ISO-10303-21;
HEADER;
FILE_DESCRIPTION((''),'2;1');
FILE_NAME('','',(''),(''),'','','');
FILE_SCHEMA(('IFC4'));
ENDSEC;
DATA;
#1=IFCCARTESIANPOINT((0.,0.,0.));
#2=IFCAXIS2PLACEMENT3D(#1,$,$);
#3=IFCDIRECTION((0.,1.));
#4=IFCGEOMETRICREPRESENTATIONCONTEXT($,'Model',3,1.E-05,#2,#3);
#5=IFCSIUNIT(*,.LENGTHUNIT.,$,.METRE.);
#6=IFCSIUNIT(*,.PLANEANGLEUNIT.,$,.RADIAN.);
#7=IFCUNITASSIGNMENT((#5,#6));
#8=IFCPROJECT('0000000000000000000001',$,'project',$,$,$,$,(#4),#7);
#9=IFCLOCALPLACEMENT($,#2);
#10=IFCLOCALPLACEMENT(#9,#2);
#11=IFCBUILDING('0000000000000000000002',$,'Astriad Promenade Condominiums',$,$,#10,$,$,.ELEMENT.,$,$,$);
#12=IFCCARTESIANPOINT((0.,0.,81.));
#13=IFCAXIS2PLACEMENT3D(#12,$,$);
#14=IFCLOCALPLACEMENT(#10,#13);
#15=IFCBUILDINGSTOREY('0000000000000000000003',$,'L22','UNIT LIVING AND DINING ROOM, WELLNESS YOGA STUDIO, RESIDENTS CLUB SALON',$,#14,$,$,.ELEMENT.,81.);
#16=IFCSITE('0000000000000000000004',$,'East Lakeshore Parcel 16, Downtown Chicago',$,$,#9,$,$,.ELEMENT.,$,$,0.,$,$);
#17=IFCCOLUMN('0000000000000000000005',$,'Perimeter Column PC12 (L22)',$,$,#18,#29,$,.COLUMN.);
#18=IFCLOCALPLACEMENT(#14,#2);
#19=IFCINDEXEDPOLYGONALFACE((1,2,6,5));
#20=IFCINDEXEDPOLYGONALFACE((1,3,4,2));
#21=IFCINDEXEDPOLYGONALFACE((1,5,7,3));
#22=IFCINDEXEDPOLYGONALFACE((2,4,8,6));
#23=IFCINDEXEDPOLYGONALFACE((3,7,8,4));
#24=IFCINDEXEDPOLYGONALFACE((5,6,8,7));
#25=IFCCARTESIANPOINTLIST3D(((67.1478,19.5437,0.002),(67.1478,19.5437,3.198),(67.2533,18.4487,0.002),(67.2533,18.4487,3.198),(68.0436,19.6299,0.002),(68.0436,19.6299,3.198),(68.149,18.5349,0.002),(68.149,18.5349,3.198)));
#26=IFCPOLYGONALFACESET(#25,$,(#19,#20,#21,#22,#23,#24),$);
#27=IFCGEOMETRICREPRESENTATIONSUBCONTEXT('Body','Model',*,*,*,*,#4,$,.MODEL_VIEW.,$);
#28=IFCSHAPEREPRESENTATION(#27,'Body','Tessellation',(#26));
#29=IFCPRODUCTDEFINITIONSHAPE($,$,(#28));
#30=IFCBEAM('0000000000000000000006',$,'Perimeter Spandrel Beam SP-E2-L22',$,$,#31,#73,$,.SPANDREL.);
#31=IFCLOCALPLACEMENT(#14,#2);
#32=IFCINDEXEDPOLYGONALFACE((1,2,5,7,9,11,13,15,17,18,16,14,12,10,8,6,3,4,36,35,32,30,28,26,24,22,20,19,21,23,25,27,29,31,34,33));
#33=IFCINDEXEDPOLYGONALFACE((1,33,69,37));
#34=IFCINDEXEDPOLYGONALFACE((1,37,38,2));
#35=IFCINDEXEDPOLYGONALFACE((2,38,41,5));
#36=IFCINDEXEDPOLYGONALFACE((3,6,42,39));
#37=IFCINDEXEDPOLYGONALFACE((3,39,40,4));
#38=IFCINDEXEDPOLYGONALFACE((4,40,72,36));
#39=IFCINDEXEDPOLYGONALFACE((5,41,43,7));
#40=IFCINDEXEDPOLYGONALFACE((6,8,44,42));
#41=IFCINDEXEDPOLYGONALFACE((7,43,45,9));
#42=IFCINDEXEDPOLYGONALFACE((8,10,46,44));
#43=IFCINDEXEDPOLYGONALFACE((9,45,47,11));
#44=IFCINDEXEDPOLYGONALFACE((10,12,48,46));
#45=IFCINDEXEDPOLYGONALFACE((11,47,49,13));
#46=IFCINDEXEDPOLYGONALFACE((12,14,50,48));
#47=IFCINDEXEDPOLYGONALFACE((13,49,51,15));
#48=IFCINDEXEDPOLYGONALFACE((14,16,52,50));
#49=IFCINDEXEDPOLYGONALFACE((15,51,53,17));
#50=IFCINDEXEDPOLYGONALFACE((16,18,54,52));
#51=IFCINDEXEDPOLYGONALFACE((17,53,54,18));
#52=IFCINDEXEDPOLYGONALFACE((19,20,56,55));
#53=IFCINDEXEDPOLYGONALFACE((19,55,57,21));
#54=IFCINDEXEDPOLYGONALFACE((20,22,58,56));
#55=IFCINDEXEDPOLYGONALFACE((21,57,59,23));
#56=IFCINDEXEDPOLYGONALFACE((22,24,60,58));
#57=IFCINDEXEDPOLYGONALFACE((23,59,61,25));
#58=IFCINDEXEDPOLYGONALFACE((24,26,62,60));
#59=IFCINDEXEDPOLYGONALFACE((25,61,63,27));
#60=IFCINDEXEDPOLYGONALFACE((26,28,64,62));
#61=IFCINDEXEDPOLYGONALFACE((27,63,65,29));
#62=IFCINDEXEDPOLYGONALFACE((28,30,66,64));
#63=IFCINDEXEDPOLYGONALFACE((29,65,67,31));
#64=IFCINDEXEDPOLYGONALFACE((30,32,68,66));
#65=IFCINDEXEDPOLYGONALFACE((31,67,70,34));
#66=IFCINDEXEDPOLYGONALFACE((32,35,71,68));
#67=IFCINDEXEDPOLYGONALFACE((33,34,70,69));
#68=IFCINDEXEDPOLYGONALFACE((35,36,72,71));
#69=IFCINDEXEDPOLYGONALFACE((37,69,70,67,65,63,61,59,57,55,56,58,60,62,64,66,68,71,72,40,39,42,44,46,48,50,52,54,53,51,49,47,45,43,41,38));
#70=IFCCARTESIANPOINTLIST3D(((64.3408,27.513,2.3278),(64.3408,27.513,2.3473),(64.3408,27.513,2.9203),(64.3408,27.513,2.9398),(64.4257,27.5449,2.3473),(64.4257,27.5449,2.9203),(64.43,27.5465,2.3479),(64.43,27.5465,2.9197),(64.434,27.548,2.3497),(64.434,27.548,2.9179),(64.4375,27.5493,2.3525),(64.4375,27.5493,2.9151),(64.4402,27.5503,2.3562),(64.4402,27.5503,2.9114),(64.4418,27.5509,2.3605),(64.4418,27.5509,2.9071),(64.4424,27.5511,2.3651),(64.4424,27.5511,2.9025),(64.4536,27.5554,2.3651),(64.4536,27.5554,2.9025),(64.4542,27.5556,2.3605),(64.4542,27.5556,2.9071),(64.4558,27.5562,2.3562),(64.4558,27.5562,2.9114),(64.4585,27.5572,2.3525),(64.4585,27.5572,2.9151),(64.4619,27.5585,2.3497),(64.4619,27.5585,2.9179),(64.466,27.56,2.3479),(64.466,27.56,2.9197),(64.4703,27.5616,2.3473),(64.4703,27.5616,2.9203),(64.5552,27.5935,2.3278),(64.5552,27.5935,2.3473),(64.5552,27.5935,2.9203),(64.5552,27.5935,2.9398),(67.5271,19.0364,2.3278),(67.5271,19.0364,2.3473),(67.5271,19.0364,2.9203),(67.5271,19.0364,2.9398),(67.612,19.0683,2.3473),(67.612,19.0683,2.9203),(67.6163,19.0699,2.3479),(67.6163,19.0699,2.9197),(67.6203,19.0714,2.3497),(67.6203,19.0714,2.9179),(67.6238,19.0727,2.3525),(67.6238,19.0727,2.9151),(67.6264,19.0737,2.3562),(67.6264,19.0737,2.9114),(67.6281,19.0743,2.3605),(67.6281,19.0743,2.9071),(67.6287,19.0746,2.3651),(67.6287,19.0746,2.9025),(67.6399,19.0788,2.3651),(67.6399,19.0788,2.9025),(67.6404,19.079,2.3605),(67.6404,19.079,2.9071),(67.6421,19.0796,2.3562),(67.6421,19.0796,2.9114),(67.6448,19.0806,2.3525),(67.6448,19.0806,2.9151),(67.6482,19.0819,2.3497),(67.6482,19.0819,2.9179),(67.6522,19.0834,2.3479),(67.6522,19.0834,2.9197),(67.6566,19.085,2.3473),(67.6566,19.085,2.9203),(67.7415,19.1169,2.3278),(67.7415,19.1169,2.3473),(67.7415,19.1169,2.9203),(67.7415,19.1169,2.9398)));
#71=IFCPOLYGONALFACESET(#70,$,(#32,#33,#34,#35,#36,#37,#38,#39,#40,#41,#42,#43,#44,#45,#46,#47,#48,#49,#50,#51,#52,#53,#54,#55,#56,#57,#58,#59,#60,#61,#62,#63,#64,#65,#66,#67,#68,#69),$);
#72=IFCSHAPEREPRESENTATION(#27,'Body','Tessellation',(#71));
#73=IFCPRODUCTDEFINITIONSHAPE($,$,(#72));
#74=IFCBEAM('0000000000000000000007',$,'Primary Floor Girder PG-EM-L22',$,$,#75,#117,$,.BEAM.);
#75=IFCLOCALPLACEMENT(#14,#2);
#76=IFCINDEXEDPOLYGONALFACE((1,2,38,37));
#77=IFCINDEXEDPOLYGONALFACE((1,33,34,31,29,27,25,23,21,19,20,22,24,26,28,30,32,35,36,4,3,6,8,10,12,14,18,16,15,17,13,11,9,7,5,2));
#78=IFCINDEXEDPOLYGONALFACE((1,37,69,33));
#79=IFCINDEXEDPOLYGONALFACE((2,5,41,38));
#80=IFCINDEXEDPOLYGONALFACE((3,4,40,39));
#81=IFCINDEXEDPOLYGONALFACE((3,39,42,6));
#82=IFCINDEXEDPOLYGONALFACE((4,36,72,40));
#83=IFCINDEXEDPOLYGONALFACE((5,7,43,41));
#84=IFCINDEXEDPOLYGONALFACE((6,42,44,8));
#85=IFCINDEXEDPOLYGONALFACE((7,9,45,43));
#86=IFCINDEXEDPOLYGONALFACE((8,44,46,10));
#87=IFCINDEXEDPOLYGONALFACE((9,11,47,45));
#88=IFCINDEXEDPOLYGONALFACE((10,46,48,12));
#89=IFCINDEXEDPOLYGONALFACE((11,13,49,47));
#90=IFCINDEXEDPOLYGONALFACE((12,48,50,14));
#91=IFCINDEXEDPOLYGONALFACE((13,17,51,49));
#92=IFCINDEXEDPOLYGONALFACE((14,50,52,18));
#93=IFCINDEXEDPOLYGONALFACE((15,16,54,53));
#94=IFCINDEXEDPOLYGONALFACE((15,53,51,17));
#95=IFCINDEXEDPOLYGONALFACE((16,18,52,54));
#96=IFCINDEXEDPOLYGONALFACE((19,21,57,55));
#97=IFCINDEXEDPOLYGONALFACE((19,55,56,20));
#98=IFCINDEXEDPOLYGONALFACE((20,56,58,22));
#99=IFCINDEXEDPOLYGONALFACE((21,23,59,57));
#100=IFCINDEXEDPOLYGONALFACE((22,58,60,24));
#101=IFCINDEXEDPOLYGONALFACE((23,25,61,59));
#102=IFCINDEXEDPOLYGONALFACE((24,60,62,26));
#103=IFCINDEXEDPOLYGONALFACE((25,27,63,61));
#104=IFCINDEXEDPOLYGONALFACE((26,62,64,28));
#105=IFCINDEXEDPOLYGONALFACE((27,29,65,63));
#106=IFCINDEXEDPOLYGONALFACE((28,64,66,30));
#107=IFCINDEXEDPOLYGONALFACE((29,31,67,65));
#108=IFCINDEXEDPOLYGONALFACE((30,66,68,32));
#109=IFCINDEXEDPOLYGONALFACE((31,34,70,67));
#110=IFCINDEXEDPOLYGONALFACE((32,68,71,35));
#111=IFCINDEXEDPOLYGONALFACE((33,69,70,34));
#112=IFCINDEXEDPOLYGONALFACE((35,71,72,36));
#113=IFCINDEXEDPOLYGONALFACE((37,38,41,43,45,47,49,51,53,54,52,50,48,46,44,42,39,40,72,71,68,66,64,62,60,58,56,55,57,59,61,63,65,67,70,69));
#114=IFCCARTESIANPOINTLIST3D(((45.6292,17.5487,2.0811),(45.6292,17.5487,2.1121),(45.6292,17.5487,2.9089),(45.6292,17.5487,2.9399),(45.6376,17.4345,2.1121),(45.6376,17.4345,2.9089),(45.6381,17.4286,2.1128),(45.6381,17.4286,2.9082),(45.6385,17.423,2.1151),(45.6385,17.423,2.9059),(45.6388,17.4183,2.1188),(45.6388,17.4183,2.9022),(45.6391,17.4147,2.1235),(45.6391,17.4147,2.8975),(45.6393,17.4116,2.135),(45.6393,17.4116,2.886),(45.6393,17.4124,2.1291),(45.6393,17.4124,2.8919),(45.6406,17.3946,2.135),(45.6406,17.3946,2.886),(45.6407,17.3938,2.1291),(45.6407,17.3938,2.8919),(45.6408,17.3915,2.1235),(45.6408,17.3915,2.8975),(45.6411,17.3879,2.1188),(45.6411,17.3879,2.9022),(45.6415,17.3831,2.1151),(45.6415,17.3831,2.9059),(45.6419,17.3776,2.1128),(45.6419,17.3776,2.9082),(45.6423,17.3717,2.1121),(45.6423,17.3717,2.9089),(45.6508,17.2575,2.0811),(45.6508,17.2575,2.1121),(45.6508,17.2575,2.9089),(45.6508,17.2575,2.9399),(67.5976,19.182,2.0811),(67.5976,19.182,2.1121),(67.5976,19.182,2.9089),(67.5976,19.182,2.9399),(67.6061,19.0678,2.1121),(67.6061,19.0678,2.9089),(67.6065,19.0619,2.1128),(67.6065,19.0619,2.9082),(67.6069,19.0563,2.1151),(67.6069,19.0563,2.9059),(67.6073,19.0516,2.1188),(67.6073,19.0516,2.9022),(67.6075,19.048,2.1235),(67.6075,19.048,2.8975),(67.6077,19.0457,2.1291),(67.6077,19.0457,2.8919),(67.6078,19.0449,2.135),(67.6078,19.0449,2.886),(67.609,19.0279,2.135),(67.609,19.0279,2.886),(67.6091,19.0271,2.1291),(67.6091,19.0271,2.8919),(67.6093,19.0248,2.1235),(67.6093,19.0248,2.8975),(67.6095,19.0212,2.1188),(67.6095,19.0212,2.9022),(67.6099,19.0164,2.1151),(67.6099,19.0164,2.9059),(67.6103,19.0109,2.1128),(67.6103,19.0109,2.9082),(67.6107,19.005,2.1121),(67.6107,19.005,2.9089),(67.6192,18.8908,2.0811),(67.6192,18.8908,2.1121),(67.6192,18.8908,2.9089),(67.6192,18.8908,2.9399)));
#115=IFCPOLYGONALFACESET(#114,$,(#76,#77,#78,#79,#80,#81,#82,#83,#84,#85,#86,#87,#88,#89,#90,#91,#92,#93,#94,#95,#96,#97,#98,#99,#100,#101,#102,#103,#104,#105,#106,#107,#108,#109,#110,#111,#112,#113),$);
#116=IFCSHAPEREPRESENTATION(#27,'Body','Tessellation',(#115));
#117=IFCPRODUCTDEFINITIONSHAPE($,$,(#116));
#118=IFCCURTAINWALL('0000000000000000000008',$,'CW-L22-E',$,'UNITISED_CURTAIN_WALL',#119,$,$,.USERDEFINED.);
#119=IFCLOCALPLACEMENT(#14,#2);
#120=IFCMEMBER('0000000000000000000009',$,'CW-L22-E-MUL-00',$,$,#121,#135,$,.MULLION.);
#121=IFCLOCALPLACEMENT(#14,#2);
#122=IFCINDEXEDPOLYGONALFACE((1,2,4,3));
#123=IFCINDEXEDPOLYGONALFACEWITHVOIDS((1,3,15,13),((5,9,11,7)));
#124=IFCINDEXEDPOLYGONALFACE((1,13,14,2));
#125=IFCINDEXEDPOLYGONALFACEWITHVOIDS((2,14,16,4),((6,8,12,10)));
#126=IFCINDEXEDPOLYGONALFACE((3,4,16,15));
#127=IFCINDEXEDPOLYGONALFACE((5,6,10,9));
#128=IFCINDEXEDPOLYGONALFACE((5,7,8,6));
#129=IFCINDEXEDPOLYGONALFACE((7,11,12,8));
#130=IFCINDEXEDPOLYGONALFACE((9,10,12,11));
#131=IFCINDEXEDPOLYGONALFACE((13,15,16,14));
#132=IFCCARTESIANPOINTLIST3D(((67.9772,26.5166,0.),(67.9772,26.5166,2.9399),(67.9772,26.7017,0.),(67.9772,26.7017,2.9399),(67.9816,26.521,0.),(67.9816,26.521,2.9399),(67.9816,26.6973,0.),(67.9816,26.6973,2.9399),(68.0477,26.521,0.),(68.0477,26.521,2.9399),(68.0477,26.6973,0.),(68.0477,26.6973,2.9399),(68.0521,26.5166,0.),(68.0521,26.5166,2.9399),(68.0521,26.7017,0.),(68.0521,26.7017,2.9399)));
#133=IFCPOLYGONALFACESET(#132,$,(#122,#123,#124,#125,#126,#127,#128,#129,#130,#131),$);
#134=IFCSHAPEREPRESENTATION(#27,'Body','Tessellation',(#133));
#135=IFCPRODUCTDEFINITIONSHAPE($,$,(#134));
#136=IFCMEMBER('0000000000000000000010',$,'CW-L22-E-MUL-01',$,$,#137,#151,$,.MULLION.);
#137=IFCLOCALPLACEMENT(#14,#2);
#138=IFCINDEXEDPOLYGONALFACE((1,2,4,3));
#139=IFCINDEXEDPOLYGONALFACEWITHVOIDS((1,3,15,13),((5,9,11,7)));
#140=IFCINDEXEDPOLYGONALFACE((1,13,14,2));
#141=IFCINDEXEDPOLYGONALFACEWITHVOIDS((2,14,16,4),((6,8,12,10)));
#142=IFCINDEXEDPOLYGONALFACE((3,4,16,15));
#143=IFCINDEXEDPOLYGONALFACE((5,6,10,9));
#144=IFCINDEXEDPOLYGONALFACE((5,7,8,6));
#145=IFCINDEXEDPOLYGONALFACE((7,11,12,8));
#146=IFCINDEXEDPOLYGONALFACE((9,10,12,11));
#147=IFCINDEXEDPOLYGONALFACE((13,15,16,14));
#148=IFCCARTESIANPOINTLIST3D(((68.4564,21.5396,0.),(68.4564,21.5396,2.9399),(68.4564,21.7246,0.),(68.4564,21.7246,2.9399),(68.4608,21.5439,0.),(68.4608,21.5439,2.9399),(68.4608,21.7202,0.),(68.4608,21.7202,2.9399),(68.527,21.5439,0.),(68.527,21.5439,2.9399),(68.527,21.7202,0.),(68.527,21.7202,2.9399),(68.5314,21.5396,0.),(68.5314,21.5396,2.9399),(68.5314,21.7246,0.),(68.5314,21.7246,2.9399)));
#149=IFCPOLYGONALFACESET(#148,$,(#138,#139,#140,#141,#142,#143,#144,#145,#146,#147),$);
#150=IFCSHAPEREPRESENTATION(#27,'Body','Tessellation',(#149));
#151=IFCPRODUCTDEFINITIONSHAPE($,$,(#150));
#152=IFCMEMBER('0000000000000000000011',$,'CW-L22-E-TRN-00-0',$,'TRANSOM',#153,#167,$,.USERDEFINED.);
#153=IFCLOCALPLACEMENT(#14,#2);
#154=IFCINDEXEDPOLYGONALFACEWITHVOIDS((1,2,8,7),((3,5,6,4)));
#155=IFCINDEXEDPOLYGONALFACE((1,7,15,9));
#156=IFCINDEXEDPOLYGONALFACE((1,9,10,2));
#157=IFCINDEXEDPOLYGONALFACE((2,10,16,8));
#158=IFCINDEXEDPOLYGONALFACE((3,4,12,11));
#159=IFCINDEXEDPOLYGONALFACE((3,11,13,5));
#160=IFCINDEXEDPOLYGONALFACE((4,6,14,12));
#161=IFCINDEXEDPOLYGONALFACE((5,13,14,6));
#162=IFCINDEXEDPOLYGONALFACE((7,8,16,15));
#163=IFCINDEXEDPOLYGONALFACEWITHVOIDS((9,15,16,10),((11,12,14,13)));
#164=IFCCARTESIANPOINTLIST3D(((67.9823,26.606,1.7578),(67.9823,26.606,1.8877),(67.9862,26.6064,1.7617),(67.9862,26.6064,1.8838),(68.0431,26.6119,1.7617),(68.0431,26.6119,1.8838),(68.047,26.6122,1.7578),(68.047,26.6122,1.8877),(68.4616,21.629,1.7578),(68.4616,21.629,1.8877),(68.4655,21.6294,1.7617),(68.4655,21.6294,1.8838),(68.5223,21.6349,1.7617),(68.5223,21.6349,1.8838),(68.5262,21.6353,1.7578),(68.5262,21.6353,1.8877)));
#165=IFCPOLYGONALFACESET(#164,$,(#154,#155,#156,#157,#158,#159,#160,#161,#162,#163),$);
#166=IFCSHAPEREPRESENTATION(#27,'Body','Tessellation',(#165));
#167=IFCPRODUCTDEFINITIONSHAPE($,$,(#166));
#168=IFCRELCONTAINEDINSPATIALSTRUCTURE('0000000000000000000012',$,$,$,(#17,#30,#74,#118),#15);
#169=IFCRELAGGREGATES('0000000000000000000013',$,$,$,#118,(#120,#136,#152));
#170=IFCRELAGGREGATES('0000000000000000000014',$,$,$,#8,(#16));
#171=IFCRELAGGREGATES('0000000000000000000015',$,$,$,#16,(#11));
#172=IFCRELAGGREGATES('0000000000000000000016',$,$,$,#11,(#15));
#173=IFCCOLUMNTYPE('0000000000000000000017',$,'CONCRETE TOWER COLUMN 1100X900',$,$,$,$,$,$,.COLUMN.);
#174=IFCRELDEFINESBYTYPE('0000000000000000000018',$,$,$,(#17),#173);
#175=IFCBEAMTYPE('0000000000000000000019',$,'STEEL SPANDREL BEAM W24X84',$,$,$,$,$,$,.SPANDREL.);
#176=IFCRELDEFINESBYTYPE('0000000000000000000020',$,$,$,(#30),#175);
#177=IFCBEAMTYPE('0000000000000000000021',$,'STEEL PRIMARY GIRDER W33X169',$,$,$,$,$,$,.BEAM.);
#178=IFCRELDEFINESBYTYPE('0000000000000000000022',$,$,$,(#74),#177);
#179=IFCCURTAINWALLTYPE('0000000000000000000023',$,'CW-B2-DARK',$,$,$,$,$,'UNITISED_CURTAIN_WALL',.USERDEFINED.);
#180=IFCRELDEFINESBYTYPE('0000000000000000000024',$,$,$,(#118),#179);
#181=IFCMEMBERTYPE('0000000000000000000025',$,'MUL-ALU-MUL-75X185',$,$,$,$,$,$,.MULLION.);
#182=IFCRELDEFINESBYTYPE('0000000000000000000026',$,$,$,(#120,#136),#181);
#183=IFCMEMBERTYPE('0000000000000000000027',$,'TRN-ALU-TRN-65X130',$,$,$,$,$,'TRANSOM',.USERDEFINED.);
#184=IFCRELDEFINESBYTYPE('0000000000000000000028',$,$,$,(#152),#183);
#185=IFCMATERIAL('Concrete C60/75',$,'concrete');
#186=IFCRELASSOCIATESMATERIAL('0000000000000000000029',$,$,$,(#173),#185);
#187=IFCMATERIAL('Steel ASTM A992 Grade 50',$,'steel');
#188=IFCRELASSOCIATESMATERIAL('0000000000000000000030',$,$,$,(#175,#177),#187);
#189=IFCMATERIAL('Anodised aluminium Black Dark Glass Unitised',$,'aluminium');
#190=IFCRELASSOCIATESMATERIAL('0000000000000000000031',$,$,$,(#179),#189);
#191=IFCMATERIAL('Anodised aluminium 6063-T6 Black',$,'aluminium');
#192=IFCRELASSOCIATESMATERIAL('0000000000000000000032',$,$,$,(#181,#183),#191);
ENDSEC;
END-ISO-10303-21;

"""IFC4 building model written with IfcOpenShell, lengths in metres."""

from ifc_helpers import new_model, si_unit, direction, frame, origin, origin_2d, place, context, subcontext, project, spatial, rectangle, hollow_rectangle, i_section, extrude, source, transform, mapped, material, material_profile, profile_set, type_object, type_shapes, element, aggregate, save


model = new_model("IFC4")

# Units and contexts
model_context = context("Model", 3, precision=1e-05, world=origin(), true_north=direction((0.0, 1.0)))
body_context = subcontext(model_context, "Body", "Model", "MODEL_VIEW")
ifc_project = project(units=[si_unit("LENGTHUNIT", "METRE"), si_unit("PLANEANGLEUNIT", "RADIAN")], contexts=[model_context])

# Site, building, storey
site_placement = place(None, origin())
site = spatial("IfcSite", under=ifc_project, at=site_placement, Name="East Lakeshore Parcel 16, Downtown Chicago", CompositionType="ELEMENT", RefElevation=0.0)
building_placement = place(site_placement, origin())
building = spatial("IfcBuilding", under=site, at=building_placement, Name="Astriad Promenade Condominiums", CompositionType="ELEMENT")
storey_placement = place(building_placement, frame((0.0, 0.0, 81.0)))
storey = spatial("IfcBuildingStorey", under=building, at=storey_placement, Name="L22", Description="UNIT LIVING AND DINING ROOM, WELLNESS YOGA STUDIO, RESIDENTS CLUB SALON", CompositionType="ELEMENT", Elevation=81.0)

# Column
ifc_material_1 = material(Name="Concrete C60/75", Category="concrete")
ifc_material_profile_1 = material_profile(ifc_material_1, rectangle(XDim=0.8999, YDim=1.1001, at=origin_2d()), Name="RC-COL-1100X900")
ifc_profile_set_1 = profile_set([ifc_material_profile_1], Name="Concrete C60/75")
column_type = type_object("IfcColumnType", Name="CONCRETE TOWER COLUMN 1100X900", PredefinedType="COLUMN", material=ifc_profile_set_1)
shared_shape_1 = source(origin(), body_context, "Body", "SweptSolid", [
    extrude(rectangle(XDim=0.8999, YDim=1.1001, at=origin_2d()), origin(), (0.0, 0.0, 1.0), 3.196),
])
type_shapes(column_type, [shared_shape_1])
column_placement = place(storey_placement, frame((67.6484, 19.0393, 0.002), z_axis=(0.0, 0.0, 1.0), x_axis=(0.995396, 0.095846, 0.0)))
element("IfcColumn", 1, at=column_placement, inside=storey, type_object=column_type, Name="Perimeter Column PC12 (L22)", PredefinedType="COLUMN", context=body_context, shape_type="MappedRepresentation", body=[
    mapped(shared_shape_1, transform((0.0, 0.0, 0.0), scale=1.0)),
])

# Beams
ifc_material_2 = material(Name="Steel ASTM A992 Grade 50", Category="steel")
ifc_material_profile_2 = material_profile(ifc_material_2, i_section(OverallWidth=0.229, OverallDepth=0.6121, WebThickness=0.012, FlangeThickness=0.0195, FilletRadius=0.0178, at=origin_2d()), Name="W24X84")
ifc_profile_set_2 = profile_set([ifc_material_profile_2], Name="Steel ASTM A992 Grade 50")
beam_type_1 = type_object("IfcBeamType", Name="STEEL SPANDREL BEAM W24X84", PredefinedType="SPANDREL", material=ifc_profile_set_2)
shared_shape_2 = source(origin(), body_context, "Body", "SweptSolid", [
    extrude(i_section(OverallWidth=0.229, OverallDepth=0.6121, WebThickness=0.012, FlangeThickness=0.0195, FilletRadius=0.0178, at=origin_2d()), origin(), (0.0, 0.0, 1.0), 9.0557),
])
type_shapes(beam_type_1, [shared_shape_2])
beam_1_placement = place(storey_placement, frame((67.6343, 19.0767, 2.6338), z_axis=(-0.351856, 0.936054, 0.0), x_axis=(-0.936054, -0.351856, 0.0)))
element("IfcBeam", 2, at=beam_1_placement, inside=storey, type_object=beam_type_1, Name="Perimeter Spandrel Beam SP-E2-L22", PredefinedType="SPANDREL", context=body_context, shape_type="MappedRepresentation", body=[
    mapped(shared_shape_2, transform((0.0, 0.0, 0.0), scale=1.0)),
])
ifc_material_profile_3 = material_profile(ifc_material_2, i_section(OverallWidth=0.292, OverallDepth=0.8589, WebThickness=0.0171, FlangeThickness=0.031, FilletRadius=0.0229, at=origin_2d()), Name="W33X169")
ifc_profile_set_3 = profile_set([ifc_material_profile_3], Name="Steel ASTM A992 Grade 50")
beam_type_2 = type_object("IfcBeamType", Name="STEEL PRIMARY GIRDER W33X169", PredefinedType="BEAM", material=ifc_profile_set_3)
shared_shape_3 = source(origin(), body_context, "Body", "SweptSolid", [
    extrude(i_section(OverallWidth=0.292, OverallDepth=0.8589, WebThickness=0.0171, FlangeThickness=0.031, FilletRadius=0.0229, at=origin_2d()), origin(), (0.0, 0.0, 1.0), 22.0291),
])
type_shapes(beam_type_2, [shared_shape_3])
beam_2_placement = place(storey_placement, frame((67.6084, 19.0364, 2.5105), z_axis=(-0.997248, -0.074143, 0.0), x_axis=(0.074143, -0.997248, 0.0)))
element("IfcBeam", 3, at=beam_2_placement, inside=storey, type_object=beam_type_2, Name="Primary Floor Girder PG-EM-L22", PredefinedType="BEAM", context=body_context, shape_type="MappedRepresentation", body=[
    mapped(shared_shape_3, transform((0.0, 0.0, 0.0), scale=1.0)),
])

# Curtain wall, members
ifc_material_3 = material(Name="Anodised aluminium Black Dark Glass Unitised", Category="aluminium")
curtain_wall_type = type_object("IfcCurtainWallType", Name="CW-B2-DARK", ElementType="UNITISED_CURTAIN_WALL", PredefinedType="USERDEFINED", material=ifc_material_3)
curtain_wall_placement = place(storey_placement, origin())
curtain_wall = element("IfcCurtainWall", 4, at=curtain_wall_placement, inside=storey, type_object=curtain_wall_type, Name="CW-L22-E", ObjectType="UNITISED_CURTAIN_WALL", PredefinedType="USERDEFINED")
ifc_material_4 = material(Name="Anodised aluminium 6063-T6 Black", Category="aluminium")
ifc_material_profile_4 = material_profile(ifc_material_4, hollow_rectangle(XDim=0.075, YDim=0.1851, WallThickness=0.0044, at=origin_2d()), Name="ALU-MUL-75X185")
ifc_profile_set_4 = profile_set([ifc_material_profile_4], Name="Anodised aluminium 6063-T6 Black")
member_type_1 = type_object("IfcMemberType", Name="MUL-ALU-MUL-75X185", PredefinedType="MULLION", material=ifc_profile_set_4)
shared_shape_4 = source(origin(), body_context, "Body", "SweptSolid", [
    extrude(hollow_rectangle(XDim=0.075, YDim=0.1851, WallThickness=0.0044, at=origin_2d()), origin(), (0.0, 0.0, 1.0), 2.9399),
])
type_shapes(member_type_1, [shared_shape_4])
member_1_placement = place(storey_placement, frame((68.0146, 26.6091, 0.0), z_axis=(0.0, 0.0, 1.0), x_axis=(1.0, 0.0, 0.0)))
member_1 = element("IfcMember", 5, at=member_1_placement, type_object=member_type_1, Name="CW-L22-E-MUL-00", PredefinedType="MULLION", context=body_context, shape_type="MappedRepresentation", body=[
    mapped(shared_shape_4, transform((0.0, 0.0, 0.0), scale=1.0)),
])
member_2_placement = place(storey_placement, frame((68.4939, 21.6321, 0.0), z_axis=(0.0, 0.0, 1.0), x_axis=(1.0, 0.0, 0.0)))
member_2 = element("IfcMember", 6, at=member_2_placement, type_object=member_type_1, Name="CW-L22-E-MUL-01", PredefinedType="MULLION", context=body_context, shape_type="MappedRepresentation", body=[
    mapped(shared_shape_4, transform((0.0, 0.0, 0.0), scale=1.0)),
])
ifc_material_profile_5 = material_profile(ifc_material_4, hollow_rectangle(XDim=0.0649, YDim=0.1299, WallThickness=0.0039, at=origin_2d()), Name="ALU-TRN-65X130")
ifc_profile_set_5 = profile_set([ifc_material_profile_5], Name="Anodised aluminium 6063-T6 Black")
member_type_2 = type_object("IfcMemberType", Name="TRN-ALU-TRN-65X130", ElementType="TRANSOM", PredefinedType="USERDEFINED", material=ifc_profile_set_5)
shared_shape_5 = source(origin(), body_context, "Body", "SweptSolid", [
    extrude(hollow_rectangle(XDim=0.0649, YDim=0.1299, WallThickness=0.0039, at=origin_2d()), origin(), (0.0, 0.0, 1.0), 5.0),
])
member_3_placement = place(storey_placement, frame((68.0146, 26.6091, 1.8228), z_axis=(0.095848, -0.995396, 0.0), x_axis=(0.995396, 0.095848, 0.0)))
member_3 = element("IfcMember", 7, at=member_3_placement, type_object=member_type_2, Name="CW-L22-E-TRN-00-0", ObjectType="TRANSOM", PredefinedType="USERDEFINED", context=body_context, shape_type="MappedRepresentation", body=[
    mapped(shared_shape_5, transform((0.0, 0.0, 0.0), scale=1.0)),
])
aggregate(curtain_wall, [member_1, member_2, member_3])

save(model, "model.ifc")
